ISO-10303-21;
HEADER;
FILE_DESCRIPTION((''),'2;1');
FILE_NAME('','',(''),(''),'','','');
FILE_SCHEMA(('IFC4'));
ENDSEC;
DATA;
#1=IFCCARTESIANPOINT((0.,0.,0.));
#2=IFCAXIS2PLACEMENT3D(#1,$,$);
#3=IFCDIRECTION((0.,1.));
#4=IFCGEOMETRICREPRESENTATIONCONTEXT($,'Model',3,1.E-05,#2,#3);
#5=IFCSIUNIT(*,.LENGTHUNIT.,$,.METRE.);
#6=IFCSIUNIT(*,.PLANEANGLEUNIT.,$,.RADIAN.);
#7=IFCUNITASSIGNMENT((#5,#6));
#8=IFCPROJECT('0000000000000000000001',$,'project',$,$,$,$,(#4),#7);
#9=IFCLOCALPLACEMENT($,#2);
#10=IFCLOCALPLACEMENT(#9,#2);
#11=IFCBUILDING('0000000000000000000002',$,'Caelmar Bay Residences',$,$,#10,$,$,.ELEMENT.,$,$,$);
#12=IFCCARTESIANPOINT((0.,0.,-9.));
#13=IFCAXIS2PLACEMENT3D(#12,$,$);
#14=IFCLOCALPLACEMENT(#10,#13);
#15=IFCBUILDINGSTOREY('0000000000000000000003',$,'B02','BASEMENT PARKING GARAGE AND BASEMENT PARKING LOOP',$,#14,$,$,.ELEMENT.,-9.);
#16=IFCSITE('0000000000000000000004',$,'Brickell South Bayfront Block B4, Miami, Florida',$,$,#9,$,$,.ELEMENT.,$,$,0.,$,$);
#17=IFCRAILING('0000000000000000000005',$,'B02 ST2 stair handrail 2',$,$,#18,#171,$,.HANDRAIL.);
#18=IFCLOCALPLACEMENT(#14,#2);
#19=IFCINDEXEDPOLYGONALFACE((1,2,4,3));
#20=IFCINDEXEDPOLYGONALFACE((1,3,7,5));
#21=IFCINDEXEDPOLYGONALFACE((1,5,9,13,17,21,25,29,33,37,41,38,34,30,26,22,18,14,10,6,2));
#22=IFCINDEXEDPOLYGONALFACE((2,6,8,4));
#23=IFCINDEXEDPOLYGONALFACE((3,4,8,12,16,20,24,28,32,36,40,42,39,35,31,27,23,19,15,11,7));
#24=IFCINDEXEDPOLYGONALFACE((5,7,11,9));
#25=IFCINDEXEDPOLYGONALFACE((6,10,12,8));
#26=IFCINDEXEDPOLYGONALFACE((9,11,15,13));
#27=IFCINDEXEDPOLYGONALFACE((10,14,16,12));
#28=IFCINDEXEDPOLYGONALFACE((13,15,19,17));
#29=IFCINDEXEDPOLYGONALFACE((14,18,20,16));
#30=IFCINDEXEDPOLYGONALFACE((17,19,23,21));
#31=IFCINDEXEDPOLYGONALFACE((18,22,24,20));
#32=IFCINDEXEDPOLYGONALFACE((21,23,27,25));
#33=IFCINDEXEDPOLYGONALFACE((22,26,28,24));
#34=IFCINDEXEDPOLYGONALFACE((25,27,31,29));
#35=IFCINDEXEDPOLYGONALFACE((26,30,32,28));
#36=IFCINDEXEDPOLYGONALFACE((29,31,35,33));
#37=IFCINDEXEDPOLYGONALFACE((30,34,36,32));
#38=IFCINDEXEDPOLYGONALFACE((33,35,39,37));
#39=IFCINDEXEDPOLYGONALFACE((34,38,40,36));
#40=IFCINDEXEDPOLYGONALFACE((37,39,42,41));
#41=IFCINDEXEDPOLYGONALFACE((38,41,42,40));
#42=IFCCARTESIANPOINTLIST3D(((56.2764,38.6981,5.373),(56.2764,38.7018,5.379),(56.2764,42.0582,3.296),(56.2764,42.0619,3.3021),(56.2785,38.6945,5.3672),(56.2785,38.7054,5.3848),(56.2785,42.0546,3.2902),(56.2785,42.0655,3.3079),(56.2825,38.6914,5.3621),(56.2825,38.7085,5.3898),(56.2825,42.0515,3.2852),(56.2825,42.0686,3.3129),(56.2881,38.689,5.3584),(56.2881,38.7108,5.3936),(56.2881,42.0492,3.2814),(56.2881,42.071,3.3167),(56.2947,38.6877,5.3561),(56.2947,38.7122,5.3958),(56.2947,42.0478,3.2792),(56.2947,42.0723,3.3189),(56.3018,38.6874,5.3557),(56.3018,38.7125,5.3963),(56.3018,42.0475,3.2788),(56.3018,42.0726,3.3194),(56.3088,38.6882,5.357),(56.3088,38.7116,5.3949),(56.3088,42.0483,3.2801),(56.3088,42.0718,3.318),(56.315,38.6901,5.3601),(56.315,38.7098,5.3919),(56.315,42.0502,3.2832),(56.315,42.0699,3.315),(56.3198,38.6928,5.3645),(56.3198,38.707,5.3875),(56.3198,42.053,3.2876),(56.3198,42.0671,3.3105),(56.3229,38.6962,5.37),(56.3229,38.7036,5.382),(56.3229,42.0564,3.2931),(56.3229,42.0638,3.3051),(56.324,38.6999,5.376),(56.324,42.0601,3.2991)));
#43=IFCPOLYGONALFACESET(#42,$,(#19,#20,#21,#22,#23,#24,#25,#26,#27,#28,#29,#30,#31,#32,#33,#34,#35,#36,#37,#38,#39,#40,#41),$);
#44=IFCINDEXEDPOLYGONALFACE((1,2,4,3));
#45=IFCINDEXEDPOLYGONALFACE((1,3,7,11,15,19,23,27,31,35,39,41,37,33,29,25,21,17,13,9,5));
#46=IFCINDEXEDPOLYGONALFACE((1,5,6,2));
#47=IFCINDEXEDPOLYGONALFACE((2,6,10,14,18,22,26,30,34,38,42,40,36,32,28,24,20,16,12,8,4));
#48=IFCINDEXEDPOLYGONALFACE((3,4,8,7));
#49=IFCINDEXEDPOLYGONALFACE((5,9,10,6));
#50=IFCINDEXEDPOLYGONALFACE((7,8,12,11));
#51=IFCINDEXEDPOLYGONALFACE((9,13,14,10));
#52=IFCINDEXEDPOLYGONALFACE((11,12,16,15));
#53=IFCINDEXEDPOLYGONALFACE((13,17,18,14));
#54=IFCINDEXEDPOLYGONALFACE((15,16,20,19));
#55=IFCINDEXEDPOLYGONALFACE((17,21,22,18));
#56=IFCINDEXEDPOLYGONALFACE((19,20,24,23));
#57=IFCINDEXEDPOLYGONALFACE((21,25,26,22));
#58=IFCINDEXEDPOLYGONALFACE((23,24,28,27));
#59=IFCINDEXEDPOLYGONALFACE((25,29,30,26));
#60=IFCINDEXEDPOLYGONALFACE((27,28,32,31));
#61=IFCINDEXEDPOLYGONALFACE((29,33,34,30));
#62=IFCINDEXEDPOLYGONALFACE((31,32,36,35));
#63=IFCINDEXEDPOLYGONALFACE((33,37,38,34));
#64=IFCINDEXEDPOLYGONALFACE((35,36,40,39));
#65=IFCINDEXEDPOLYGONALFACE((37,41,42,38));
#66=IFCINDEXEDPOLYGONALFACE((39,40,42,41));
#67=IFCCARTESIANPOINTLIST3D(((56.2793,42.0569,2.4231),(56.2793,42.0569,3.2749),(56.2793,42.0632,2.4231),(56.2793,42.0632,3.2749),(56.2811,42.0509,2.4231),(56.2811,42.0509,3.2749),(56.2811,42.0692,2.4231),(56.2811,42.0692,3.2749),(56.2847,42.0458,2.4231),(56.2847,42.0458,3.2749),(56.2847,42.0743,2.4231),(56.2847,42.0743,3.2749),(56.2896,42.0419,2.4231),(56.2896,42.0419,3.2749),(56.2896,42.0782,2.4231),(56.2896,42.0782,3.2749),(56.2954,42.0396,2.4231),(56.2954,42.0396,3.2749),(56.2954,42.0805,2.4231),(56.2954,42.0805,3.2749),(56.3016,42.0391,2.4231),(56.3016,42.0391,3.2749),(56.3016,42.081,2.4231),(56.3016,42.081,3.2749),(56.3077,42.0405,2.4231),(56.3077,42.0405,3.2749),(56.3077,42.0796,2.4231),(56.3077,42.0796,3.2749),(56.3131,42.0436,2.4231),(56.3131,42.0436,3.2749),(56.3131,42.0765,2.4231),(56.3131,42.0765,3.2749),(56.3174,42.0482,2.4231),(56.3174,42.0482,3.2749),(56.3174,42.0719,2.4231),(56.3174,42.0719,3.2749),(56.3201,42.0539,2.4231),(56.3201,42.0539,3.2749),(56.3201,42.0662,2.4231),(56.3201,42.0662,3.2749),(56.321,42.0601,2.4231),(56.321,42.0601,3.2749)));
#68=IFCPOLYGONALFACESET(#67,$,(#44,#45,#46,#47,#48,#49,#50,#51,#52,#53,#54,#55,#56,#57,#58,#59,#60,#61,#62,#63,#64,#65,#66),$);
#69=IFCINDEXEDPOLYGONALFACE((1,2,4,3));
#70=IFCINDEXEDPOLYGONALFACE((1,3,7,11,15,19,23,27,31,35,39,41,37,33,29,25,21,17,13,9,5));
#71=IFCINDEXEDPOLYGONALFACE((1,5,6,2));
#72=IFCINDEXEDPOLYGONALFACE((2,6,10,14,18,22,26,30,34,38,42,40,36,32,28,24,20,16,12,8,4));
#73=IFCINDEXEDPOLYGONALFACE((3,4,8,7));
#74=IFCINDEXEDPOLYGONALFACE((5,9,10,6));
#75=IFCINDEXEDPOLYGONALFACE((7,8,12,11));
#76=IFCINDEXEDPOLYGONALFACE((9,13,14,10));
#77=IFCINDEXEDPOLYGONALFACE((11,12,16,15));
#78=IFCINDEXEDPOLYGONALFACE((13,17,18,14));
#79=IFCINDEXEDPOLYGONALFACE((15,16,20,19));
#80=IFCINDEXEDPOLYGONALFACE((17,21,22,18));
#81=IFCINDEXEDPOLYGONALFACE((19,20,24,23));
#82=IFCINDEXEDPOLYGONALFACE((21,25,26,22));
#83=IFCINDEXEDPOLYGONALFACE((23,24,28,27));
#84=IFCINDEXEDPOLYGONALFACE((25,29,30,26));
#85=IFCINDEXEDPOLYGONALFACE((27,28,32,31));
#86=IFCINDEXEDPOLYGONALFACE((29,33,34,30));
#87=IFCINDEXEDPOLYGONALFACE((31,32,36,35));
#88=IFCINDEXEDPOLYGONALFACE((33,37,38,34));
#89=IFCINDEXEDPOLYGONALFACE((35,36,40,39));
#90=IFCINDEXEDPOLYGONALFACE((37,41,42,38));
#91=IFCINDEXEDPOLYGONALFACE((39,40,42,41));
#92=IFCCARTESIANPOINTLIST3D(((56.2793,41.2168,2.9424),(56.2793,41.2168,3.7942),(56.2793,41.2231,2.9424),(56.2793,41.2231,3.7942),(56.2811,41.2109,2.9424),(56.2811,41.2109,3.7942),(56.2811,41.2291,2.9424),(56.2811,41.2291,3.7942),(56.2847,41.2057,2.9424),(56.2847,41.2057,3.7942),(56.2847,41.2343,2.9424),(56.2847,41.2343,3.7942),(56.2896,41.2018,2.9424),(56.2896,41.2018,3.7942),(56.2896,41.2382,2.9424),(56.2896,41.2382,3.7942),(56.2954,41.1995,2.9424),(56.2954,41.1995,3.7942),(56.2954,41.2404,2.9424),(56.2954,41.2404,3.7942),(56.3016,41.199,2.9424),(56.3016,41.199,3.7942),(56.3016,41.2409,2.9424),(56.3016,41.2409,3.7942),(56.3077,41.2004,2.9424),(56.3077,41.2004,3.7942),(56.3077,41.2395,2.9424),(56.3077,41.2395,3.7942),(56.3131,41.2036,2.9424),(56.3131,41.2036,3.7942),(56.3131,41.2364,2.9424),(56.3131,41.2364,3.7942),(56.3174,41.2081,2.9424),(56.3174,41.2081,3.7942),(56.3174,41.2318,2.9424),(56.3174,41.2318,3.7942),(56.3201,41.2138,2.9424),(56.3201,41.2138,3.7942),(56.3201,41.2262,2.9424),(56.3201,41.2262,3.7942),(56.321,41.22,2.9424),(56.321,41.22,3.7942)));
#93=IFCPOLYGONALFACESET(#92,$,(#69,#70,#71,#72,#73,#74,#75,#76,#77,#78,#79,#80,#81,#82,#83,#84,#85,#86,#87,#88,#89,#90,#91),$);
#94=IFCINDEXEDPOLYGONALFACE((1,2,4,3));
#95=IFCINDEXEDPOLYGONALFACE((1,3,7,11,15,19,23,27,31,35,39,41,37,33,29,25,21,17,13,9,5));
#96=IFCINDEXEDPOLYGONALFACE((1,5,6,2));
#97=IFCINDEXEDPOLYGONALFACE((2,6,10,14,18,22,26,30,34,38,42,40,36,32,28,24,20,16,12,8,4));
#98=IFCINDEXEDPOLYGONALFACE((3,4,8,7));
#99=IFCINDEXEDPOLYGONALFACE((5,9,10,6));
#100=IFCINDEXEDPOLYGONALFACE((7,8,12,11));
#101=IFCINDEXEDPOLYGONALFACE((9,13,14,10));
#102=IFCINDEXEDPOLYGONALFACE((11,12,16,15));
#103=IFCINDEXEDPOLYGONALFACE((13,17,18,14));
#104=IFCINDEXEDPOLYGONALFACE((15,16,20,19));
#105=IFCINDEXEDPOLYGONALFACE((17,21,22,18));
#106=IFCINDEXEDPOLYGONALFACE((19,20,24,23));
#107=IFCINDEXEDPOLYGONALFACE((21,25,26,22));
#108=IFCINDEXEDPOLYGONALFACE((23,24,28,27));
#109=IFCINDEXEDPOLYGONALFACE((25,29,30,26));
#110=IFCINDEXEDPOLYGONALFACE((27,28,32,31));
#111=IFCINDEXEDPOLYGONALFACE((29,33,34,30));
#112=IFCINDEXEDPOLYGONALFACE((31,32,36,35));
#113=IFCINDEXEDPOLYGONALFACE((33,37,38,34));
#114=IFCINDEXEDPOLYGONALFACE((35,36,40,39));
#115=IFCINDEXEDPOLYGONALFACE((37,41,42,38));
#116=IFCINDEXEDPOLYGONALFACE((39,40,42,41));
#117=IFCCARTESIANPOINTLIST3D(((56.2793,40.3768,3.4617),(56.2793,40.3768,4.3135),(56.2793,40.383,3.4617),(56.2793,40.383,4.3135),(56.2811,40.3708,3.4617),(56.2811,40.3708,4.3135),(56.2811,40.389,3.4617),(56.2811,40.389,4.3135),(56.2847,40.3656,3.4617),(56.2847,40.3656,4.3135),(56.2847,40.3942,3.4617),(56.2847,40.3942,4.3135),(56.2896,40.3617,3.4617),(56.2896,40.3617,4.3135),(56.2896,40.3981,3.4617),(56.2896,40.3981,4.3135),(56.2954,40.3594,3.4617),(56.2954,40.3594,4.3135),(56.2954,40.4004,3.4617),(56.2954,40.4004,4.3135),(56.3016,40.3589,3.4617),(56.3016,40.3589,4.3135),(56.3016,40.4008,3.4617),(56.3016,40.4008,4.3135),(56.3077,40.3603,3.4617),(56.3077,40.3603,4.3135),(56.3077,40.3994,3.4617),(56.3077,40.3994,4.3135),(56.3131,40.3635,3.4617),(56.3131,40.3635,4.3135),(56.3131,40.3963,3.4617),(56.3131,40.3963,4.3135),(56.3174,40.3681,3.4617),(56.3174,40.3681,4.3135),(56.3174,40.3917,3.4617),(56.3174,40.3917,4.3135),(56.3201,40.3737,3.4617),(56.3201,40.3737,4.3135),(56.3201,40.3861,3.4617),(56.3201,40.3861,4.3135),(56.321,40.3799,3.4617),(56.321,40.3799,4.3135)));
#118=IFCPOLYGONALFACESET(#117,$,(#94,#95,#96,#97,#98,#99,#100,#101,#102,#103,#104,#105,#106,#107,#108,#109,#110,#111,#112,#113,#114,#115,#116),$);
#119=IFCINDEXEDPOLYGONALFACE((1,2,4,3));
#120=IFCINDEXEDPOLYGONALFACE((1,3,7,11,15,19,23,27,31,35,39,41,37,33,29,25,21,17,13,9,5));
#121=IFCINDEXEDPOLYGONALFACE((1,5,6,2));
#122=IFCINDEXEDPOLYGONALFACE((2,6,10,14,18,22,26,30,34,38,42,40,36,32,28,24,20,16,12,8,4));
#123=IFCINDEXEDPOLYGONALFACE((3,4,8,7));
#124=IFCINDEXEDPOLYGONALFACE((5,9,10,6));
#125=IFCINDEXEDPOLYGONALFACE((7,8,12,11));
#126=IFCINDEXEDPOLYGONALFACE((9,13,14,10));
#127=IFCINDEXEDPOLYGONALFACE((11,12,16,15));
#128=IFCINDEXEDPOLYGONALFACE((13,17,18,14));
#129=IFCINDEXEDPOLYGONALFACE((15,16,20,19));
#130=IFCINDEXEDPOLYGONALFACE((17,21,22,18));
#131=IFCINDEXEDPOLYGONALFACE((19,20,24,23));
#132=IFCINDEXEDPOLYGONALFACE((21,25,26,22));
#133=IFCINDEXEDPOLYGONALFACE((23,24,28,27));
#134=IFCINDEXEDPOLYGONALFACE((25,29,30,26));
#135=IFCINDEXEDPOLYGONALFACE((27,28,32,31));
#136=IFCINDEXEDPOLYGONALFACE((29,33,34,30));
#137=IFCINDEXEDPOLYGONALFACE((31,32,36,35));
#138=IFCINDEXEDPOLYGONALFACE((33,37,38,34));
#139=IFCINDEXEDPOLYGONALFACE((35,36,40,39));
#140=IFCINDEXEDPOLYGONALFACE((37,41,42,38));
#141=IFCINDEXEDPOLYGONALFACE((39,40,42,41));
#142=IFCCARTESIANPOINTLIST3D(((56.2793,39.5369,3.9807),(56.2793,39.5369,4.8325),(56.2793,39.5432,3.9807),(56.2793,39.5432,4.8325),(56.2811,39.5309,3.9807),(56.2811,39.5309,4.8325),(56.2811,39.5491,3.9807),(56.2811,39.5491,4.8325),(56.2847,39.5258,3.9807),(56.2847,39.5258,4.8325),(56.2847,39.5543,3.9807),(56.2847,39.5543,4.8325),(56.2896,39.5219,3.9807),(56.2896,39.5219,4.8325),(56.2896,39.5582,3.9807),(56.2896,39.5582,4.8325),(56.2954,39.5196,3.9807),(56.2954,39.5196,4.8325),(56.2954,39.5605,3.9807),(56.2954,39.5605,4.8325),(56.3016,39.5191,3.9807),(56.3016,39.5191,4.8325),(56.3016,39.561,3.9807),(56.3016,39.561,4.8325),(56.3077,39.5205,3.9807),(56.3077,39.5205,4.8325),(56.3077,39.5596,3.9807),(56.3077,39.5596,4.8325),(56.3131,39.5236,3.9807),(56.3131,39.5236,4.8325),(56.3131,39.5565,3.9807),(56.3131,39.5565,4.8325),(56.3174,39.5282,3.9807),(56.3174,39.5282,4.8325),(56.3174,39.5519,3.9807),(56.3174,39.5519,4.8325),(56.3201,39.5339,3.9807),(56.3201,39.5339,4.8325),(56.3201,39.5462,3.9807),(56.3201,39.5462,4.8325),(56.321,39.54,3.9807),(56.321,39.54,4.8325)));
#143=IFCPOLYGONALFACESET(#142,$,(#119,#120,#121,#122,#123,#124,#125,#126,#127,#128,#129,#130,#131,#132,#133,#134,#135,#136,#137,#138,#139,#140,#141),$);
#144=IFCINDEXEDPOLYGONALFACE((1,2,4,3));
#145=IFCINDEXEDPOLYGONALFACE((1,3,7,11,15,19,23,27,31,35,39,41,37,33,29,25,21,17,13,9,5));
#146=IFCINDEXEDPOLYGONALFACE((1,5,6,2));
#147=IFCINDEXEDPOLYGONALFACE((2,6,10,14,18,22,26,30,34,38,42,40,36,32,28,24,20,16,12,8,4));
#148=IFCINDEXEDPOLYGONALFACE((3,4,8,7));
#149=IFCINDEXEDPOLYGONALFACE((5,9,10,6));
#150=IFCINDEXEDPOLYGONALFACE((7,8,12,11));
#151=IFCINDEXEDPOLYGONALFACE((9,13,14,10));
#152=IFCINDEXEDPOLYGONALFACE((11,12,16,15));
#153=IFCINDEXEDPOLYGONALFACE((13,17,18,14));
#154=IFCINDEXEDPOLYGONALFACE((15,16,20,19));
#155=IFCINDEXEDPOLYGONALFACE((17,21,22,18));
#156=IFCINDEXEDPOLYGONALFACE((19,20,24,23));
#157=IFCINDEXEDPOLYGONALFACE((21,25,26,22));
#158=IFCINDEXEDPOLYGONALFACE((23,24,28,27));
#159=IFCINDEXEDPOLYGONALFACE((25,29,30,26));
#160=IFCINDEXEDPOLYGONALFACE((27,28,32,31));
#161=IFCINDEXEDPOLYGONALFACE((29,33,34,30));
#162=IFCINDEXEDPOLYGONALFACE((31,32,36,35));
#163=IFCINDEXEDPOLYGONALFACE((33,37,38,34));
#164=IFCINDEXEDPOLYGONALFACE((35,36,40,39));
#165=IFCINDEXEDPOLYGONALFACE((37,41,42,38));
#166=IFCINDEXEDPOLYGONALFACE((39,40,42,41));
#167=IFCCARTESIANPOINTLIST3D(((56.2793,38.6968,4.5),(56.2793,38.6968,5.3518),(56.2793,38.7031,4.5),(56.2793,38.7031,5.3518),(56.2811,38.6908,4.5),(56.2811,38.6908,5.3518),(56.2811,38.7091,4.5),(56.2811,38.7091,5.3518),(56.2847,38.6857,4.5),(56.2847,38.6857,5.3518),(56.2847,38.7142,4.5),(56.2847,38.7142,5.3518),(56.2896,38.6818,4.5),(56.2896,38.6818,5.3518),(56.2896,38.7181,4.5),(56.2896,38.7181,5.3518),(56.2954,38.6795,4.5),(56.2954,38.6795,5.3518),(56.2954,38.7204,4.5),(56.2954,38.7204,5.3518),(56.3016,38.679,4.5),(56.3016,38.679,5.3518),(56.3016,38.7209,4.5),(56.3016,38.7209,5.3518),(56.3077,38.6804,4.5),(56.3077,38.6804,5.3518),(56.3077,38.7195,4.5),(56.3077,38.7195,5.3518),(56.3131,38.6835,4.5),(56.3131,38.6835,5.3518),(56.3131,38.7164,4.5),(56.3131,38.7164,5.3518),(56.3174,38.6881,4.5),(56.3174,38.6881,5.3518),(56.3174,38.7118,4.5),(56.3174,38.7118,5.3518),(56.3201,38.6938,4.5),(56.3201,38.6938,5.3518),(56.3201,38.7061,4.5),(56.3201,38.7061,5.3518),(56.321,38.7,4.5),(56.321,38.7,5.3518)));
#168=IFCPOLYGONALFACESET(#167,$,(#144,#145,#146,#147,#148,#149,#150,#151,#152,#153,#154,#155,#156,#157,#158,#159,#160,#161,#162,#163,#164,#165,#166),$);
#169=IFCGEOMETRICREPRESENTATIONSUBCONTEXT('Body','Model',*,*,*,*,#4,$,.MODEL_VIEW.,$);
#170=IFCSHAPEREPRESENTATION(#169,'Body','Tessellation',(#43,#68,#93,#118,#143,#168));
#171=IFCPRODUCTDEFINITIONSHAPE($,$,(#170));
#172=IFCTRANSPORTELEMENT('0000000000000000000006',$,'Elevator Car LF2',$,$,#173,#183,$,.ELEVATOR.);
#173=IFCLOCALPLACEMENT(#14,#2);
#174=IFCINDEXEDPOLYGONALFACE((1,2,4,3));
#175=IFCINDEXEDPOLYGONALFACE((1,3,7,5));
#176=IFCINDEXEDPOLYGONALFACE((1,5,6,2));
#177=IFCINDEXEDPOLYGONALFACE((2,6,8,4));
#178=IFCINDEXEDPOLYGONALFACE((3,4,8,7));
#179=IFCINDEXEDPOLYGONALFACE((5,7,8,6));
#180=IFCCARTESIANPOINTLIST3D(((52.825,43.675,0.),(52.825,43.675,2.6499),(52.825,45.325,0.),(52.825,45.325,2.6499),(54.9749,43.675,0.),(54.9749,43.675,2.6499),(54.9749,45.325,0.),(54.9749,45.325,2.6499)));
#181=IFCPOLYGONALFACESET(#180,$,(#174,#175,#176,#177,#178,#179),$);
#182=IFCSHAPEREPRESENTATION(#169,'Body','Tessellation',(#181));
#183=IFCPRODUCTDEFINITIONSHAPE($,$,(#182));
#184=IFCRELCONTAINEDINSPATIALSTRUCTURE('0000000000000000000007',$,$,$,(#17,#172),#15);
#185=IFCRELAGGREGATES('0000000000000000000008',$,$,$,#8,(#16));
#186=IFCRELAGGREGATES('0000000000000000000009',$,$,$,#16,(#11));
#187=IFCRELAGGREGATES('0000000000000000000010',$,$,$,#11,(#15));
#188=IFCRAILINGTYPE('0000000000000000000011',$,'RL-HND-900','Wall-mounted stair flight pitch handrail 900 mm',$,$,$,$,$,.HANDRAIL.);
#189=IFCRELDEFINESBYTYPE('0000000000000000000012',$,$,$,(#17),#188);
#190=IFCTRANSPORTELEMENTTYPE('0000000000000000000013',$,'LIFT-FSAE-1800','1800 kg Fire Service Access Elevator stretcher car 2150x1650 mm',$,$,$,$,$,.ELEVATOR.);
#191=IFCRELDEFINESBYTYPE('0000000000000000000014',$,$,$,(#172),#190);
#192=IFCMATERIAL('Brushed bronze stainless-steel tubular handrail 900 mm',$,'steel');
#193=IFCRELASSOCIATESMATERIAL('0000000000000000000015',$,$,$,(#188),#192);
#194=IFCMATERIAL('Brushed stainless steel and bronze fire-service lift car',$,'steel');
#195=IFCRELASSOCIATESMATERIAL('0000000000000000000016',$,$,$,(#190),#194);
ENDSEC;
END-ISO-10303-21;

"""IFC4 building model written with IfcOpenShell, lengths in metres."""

from ifc_helpers import new_model, si_unit, direction, frame, origin, origin_2d, place, context, subcontext, project, spatial, rectangle, circle, extrude, material, type_object, element, save


model = new_model("IFC4")

# Units and contexts
model_context = context("Model", 3, precision=1e-05, world=origin(), true_north=direction((0.0, 1.0)))
body_context = subcontext(model_context, "Body", "Model", "MODEL_VIEW")
ifc_project = project(units=[si_unit("LENGTHUNIT", "METRE"), si_unit("PLANEANGLEUNIT", "RADIAN")], contexts=[model_context])

# Site, building, storey
site_placement = place(None, origin())
site = spatial("IfcSite", under=ifc_project, at=site_placement, Name="Brickell South Bayfront Block B4, Miami, Florida", CompositionType="ELEMENT", RefElevation=0.0)
building_placement = place(site_placement, origin())
building = spatial("IfcBuilding", under=site, at=building_placement, Name="Caelmar Bay Residences", CompositionType="ELEMENT")
storey_placement = place(building_placement, frame((0.0, 0.0, -9.0)))
storey = spatial("IfcBuildingStorey", under=building, at=storey_placement, Name="B02", Description="BASEMENT PARKING GARAGE AND BASEMENT PARKING LOOP", CompositionType="ELEMENT", Elevation=-9.0)

# Railing
ifc_material_1 = material(Name="Brushed bronze stainless-steel tubular handrail 900 mm", Category="steel")
railing_type = type_object("IfcRailingType", Name="RL-HND-900", Description="Wall-mounted stair flight pitch handrail 900 mm", PredefinedType="HANDRAIL", material=ifc_material_1)
railing_placement = place(storey_placement, frame((56.3, 42.0601, 2.4231)))
element("IfcRailing", 1, at=railing_placement, inside=storey, type_object=railing_type, Name="B02 ST2 stair handrail 2", PredefinedType="HANDRAIL", context=body_context, shape_type="SweptSolid", body=[
    extrude(circle(Radius=0.0239, at=origin_2d()), frame((0.0, 0.0, 0.876), z_axis=(0.0, -0.850623, 0.525776), x_axis=(1.0, 0.0, 0.0)), (0.0, 0.0, 1.0), 3.9502),
    extrude(circle(Radius=0.021, at=origin_2d()), origin(), (0.0, 0.0, 1.0), 0.8518),
    extrude(circle(Radius=0.021, at=origin_2d()), frame((0.0, -0.8401, 0.5193)), (0.0, 0.0, 1.0), 0.8518),
    extrude(circle(Radius=0.021, at=origin_2d()), frame((0.0, -1.6802, 1.0386)), (0.0, 0.0, 1.0), 0.8518),
    extrude(circle(Radius=0.021, at=origin_2d()), frame((0.0, -2.52, 1.5576)), (0.0, 0.0, 1.0), 0.8518),
    extrude(circle(Radius=0.021, at=origin_2d()), frame((0.0, -3.3601, 2.0769)), (0.0, 0.0, 1.0), 0.8518),
])

# Transport element
ifc_material_2 = material(Name="Brushed stainless steel and bronze fire-service lift car", Category="steel")
transport_element_type = type_object("IfcTransportElementType", Name="LIFT-FSAE-1800", Description="1800 kg Fire Service Access Elevator stretcher car 2150x1650 mm", PredefinedType="ELEVATOR", material=ifc_material_2)
transport_element_placement = place(storey_placement, frame((53.8999, 44.5, 0.0), z_axis=(0.0, 0.0, 1.0), x_axis=(1.0, 0.0, 0.0)))
element("IfcTransportElement", 2, at=transport_element_placement, inside=storey, type_object=transport_element_type, Name="Elevator Car LF2", PredefinedType="ELEVATOR", context=body_context, shape_type="SweptSolid", body=[
    extrude(rectangle(XDim=2.1499, YDim=1.6499, at=origin_2d()), origin(), (0.0, 0.0, 1.0), 2.6499),
])

save(model, "model.ifc")
